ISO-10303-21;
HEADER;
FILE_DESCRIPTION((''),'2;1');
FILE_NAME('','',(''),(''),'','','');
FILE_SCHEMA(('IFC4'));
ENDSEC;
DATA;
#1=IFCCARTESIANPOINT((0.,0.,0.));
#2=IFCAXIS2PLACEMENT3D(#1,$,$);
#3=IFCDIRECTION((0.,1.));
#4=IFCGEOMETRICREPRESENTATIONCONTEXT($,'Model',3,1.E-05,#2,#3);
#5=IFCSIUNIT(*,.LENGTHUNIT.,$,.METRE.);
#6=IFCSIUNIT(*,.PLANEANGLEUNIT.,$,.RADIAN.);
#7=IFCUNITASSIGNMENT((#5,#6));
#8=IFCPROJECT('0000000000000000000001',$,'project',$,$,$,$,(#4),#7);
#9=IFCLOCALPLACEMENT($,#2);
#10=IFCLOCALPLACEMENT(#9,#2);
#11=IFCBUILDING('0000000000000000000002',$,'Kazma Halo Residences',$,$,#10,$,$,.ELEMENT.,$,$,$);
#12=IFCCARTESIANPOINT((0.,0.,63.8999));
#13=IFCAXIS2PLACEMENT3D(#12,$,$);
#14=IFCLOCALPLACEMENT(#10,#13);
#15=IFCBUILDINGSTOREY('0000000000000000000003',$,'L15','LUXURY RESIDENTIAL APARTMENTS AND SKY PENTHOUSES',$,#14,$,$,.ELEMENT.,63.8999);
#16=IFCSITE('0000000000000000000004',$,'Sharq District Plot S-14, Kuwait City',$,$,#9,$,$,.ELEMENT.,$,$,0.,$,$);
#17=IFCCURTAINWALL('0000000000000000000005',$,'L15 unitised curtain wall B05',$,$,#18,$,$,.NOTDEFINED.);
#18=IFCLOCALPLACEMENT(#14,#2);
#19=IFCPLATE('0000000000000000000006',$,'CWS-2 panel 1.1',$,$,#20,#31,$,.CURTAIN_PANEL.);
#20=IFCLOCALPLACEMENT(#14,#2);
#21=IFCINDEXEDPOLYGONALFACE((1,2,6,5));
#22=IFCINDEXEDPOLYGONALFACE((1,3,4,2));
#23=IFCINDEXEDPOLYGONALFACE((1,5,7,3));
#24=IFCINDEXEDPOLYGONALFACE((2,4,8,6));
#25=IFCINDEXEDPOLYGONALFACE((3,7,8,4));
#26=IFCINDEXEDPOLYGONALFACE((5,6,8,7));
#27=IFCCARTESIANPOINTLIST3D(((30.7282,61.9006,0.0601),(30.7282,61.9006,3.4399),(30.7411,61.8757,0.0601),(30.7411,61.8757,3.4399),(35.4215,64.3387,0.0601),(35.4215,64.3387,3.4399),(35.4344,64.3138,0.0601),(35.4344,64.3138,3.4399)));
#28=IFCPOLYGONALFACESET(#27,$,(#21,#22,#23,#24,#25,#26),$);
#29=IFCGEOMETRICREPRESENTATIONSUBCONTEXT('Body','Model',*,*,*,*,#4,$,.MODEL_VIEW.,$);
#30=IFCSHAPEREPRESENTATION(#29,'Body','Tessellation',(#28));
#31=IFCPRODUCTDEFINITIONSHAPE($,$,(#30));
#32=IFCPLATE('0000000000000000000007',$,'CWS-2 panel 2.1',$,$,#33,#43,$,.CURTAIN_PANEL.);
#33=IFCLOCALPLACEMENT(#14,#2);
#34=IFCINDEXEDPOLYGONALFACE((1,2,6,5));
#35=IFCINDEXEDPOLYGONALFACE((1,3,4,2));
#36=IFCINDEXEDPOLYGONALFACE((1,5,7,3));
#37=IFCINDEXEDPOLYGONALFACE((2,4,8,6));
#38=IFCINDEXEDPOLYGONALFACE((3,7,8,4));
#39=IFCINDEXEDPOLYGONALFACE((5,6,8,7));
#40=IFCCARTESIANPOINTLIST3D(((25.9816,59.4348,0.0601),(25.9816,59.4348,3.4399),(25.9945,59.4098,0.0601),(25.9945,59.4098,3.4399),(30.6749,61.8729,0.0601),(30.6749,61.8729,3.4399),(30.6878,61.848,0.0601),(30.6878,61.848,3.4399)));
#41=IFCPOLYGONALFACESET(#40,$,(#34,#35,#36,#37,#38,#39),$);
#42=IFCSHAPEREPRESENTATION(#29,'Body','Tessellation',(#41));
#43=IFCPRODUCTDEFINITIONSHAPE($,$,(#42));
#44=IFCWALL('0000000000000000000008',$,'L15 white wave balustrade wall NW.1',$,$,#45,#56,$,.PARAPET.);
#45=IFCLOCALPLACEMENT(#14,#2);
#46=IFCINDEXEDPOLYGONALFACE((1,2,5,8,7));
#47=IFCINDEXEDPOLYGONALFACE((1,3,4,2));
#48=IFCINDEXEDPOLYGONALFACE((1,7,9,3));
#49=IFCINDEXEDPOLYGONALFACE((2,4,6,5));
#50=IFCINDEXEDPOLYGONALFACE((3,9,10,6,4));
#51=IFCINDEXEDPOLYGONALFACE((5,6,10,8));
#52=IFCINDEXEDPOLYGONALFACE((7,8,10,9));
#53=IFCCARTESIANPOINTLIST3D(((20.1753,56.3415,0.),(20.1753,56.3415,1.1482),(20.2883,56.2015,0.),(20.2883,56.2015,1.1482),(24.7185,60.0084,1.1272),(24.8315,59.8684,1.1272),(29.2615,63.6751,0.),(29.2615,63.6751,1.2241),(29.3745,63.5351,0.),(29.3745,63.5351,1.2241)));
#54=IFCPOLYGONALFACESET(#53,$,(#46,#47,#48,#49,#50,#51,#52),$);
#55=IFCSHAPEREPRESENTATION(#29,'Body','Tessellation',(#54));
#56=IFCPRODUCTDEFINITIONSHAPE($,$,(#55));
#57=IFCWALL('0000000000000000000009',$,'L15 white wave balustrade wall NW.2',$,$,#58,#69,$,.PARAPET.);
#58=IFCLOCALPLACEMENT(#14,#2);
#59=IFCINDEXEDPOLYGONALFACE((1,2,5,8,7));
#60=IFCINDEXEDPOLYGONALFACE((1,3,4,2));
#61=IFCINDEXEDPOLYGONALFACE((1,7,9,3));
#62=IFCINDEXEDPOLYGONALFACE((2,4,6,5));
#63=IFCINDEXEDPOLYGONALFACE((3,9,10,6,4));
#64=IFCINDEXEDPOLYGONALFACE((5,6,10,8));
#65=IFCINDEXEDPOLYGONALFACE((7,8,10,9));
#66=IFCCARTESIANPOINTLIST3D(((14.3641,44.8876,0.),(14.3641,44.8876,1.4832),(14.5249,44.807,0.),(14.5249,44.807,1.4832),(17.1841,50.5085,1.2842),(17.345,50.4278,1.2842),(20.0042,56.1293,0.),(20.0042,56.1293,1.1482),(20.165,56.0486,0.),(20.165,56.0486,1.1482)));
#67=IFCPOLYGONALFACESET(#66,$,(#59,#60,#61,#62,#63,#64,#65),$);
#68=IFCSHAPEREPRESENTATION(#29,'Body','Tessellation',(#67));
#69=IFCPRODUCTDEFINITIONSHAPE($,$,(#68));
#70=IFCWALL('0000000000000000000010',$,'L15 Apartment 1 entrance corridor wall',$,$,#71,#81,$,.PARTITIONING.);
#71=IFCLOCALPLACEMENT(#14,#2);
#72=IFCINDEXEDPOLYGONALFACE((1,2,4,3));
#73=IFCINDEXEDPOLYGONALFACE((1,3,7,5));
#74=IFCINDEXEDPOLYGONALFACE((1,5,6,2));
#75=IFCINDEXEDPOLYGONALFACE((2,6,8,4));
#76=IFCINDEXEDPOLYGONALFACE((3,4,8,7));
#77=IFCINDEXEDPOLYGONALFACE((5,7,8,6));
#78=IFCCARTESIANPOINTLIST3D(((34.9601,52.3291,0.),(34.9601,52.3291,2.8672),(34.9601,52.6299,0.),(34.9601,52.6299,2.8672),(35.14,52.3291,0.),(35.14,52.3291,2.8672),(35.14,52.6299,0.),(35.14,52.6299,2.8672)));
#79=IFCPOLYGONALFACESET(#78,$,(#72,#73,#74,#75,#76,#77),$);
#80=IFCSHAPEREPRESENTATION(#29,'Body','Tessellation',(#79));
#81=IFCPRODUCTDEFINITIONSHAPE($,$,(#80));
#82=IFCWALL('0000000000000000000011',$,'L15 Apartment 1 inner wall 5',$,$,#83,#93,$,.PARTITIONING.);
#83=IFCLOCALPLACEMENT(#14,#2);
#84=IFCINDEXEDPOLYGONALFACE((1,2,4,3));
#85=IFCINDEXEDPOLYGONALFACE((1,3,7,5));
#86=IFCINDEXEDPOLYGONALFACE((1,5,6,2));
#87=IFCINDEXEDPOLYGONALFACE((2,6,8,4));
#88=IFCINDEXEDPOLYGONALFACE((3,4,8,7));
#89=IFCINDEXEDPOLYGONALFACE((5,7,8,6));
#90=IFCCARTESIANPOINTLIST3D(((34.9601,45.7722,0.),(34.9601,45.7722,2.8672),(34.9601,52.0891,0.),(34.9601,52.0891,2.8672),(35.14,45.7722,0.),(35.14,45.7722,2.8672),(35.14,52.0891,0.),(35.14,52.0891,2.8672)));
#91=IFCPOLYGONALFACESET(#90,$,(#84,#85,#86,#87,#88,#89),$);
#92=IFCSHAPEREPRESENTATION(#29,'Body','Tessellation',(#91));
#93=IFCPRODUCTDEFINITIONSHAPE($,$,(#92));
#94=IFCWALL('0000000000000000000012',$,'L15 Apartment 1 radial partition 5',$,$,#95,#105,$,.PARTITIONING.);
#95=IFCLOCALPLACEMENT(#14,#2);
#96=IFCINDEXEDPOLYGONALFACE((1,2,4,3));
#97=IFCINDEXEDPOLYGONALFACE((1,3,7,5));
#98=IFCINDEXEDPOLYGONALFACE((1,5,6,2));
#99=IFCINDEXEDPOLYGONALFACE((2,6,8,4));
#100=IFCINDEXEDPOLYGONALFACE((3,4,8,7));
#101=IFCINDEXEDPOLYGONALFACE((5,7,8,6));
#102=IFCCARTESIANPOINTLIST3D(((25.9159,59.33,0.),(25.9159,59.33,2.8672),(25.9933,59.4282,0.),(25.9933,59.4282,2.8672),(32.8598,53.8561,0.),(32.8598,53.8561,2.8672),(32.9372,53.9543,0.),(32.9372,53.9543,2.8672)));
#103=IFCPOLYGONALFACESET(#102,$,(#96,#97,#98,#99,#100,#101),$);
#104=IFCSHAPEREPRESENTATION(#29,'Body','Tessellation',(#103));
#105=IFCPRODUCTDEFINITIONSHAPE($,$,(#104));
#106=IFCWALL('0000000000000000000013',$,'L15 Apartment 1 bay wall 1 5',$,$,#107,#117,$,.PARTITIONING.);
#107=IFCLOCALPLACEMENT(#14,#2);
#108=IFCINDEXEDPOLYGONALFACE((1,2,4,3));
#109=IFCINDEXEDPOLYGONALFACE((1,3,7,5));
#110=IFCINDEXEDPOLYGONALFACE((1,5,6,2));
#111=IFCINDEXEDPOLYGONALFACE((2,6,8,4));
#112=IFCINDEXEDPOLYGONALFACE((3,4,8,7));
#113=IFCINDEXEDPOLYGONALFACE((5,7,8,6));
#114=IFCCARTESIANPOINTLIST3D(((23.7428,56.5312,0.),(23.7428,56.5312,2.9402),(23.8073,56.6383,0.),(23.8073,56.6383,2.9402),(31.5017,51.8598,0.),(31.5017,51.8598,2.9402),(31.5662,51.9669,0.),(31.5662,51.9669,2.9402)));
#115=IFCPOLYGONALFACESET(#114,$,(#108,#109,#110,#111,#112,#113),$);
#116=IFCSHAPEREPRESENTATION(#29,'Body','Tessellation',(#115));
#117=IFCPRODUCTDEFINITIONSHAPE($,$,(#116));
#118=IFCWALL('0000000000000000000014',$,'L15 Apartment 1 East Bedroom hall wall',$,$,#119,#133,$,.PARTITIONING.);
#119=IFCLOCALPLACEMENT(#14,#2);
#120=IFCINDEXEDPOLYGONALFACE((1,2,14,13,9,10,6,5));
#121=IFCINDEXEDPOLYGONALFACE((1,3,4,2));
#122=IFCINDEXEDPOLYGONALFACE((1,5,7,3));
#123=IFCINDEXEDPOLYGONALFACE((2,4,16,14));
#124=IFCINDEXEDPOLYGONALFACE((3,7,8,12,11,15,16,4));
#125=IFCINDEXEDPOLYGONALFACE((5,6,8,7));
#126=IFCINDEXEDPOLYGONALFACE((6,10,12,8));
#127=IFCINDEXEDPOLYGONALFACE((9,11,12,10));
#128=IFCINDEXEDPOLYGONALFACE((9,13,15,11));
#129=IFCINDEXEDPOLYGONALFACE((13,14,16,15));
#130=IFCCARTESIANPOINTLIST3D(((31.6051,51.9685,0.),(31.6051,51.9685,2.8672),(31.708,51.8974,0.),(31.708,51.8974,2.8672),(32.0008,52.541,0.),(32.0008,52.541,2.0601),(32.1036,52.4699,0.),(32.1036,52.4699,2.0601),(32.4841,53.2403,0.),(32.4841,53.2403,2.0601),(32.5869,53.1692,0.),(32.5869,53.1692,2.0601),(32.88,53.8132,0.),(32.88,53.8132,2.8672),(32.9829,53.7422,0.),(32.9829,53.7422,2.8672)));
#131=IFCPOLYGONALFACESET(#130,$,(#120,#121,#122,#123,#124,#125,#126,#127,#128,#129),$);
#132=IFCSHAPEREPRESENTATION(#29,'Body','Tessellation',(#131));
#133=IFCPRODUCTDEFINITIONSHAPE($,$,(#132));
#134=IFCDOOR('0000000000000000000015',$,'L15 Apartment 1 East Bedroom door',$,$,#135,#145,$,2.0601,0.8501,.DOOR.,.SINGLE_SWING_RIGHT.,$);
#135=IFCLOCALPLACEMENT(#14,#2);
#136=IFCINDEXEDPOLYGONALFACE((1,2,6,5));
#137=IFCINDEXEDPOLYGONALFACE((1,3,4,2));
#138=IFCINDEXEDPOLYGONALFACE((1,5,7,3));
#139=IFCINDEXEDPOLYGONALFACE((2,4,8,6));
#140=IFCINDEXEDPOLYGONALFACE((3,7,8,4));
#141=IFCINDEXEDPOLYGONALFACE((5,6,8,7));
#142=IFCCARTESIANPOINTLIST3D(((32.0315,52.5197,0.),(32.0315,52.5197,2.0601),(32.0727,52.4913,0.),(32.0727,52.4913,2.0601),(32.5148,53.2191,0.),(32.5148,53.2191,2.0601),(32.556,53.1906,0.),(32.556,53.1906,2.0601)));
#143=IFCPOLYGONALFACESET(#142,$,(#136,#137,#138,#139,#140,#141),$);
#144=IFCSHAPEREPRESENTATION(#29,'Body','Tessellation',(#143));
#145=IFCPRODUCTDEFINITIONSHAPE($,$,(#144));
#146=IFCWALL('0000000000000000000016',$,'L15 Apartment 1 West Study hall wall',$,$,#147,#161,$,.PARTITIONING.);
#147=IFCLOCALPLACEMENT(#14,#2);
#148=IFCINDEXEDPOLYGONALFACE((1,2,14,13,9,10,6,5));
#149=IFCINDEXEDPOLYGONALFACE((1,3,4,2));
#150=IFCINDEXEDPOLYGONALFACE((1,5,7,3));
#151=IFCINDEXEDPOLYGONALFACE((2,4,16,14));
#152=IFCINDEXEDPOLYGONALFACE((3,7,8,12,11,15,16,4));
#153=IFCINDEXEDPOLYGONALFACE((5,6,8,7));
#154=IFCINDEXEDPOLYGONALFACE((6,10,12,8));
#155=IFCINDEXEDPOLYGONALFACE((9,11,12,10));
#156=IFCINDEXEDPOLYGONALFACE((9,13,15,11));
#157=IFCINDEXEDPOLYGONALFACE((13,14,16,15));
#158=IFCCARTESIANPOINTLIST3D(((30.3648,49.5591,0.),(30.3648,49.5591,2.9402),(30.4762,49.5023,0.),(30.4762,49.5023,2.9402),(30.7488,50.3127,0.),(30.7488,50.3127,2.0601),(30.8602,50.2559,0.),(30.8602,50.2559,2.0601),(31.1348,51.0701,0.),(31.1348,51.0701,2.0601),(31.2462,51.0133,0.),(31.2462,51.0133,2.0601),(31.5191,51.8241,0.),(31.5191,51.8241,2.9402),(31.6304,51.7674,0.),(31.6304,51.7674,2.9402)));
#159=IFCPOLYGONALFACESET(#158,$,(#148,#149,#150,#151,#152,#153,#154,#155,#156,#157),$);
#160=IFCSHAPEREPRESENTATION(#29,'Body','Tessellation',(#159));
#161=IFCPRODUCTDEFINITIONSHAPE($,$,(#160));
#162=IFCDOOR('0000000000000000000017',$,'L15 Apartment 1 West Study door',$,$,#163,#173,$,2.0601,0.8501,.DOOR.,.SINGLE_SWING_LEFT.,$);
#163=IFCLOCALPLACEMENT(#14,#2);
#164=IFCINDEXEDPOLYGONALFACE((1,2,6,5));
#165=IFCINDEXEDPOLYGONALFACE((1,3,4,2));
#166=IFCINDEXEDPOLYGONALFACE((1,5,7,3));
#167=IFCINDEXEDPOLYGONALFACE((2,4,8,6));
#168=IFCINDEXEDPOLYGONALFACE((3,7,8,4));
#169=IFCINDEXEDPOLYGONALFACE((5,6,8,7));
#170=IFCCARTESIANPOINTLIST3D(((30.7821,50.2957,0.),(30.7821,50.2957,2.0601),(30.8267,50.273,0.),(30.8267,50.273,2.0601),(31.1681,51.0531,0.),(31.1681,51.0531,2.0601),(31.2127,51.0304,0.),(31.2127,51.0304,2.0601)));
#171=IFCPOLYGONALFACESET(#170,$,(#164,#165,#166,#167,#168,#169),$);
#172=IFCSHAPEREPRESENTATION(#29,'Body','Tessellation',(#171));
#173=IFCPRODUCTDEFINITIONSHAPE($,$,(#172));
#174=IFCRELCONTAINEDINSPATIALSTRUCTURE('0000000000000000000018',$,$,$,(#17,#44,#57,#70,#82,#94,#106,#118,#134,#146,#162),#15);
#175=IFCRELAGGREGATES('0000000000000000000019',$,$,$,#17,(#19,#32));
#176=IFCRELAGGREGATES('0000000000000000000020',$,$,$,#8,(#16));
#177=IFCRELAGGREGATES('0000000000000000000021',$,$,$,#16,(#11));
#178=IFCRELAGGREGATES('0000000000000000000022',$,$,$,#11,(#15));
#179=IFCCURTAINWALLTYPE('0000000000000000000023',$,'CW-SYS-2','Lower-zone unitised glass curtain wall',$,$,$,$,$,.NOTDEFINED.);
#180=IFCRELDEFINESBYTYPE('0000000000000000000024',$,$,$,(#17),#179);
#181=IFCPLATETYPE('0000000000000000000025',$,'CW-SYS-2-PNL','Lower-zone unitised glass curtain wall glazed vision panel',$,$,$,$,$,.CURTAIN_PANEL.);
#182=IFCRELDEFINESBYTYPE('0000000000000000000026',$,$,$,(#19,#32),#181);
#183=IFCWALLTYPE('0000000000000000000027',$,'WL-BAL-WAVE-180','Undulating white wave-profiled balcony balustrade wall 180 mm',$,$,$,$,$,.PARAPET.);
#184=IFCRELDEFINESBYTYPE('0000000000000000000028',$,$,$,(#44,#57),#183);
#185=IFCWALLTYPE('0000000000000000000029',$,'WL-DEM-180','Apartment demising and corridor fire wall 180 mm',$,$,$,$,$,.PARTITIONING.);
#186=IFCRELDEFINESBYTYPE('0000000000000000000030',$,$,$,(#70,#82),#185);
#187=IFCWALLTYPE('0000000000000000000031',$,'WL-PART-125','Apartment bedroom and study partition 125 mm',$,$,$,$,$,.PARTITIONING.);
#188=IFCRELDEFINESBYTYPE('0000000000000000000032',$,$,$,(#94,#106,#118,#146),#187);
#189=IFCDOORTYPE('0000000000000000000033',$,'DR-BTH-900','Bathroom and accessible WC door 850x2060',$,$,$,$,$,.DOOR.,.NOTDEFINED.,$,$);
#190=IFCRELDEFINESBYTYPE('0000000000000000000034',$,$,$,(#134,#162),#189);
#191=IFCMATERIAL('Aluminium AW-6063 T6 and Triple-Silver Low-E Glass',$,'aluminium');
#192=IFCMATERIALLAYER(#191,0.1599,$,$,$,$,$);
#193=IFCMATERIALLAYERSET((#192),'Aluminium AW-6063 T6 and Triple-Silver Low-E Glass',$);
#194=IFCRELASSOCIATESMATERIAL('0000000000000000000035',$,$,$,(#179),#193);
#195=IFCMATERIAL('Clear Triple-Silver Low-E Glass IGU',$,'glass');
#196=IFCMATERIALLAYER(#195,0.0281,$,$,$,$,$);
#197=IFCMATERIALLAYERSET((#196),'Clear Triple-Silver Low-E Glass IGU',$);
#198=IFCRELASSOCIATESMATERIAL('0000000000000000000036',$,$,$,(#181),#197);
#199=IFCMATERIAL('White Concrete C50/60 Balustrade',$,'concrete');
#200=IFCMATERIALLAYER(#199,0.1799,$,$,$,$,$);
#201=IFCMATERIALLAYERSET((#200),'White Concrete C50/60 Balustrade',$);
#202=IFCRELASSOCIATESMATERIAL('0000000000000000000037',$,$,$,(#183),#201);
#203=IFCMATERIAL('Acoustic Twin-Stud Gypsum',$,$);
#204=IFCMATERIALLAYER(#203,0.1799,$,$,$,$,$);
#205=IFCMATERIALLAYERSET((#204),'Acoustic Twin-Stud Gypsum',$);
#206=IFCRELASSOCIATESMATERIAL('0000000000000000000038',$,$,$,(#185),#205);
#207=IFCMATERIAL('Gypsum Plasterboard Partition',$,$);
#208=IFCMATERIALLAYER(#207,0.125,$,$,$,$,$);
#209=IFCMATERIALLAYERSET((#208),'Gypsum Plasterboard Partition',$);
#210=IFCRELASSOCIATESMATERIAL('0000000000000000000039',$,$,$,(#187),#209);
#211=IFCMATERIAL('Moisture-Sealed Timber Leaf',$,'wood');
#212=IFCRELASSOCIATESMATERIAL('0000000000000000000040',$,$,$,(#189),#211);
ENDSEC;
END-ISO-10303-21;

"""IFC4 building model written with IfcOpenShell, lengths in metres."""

from ifc_helpers import new_model, si_unit, direction, frame, frame_2d, origin, origin_2d, place, context, subcontext, project, spatial, polyline, rectangle, outline, extrude, material, layer, layer_set, type_object, element, fill, aggregate, save


model = new_model("IFC4")

# Units and contexts
model_context = context("Model", 3, precision=1e-05, world=origin(), true_north=direction((0.0, 1.0)))
body_context = subcontext(model_context, "Body", "Model", "MODEL_VIEW")
ifc_project = project(units=[si_unit("LENGTHUNIT", "METRE"), si_unit("PLANEANGLEUNIT", "RADIAN")], contexts=[model_context])

# Site, building, storey
site_placement = place(None, origin())
site = spatial("IfcSite", under=ifc_project, at=site_placement, Name="Sharq District Plot S-14, Kuwait City", CompositionType="ELEMENT", RefElevation=0.0)
building_placement = place(site_placement, origin())
building = spatial("IfcBuilding", under=site, at=building_placement, Name="Kazma Halo Residences", CompositionType="ELEMENT")
storey_placement = place(building_placement, frame((0.0, 0.0, 63.8999)))
storey = spatial("IfcBuildingStorey", under=building, at=storey_placement, Name="L15", Description="LUXURY RESIDENTIAL APARTMENTS AND SKY PENTHOUSES", CompositionType="ELEMENT", Elevation=63.8999)

# Curtain wall
ifc_material_1 = material(Name="Aluminium AW-6063 T6 and Triple-Silver Low-E Glass", Category="aluminium")
ifc_layer_1 = layer(ifc_material_1, 0.1599)
ifc_layer_set_1 = layer_set([ifc_layer_1], Name="Aluminium AW-6063 T6 and Triple-Silver Low-E Glass")
curtain_wall_type = type_object("IfcCurtainWallType", Name="CW-SYS-2", Description="Lower-zone unitised glass curtain wall", PredefinedType="NOTDEFINED", material=ifc_layer_set_1)
curtain_wall_1_placement = place(storey_placement, origin())
curtain_wall_1 = element("IfcCurtainWall", 1, at=curtain_wall_1_placement, inside=storey, type_object=curtain_wall_type, Name="L15 unitised curtain wall B05", PredefinedType="NOTDEFINED")

# Plates
ifc_material_2 = material(Name="Clear Triple-Silver Low-E Glass IGU", Category="glass")
ifc_layer_2 = layer(ifc_material_2, 0.0281)
ifc_layer_set_2 = layer_set([ifc_layer_2], Name="Clear Triple-Silver Low-E Glass IGU")
plate_type = type_object("IfcPlateType", Name="CW-SYS-2-PNL", Description="Lower-zone unitised glass curtain wall glazed vision panel", PredefinedType="CURTAIN_PANEL", material=ifc_layer_set_2)
plate_1_placement = place(storey_placement, frame((33.0813, 63.1072, 0.0601), z_axis=(0.0, 0.0, 1.0), x_axis=(-0.887402, -0.460996, 0.0)))
plate_1 = element("IfcPlate", 2, at=plate_1_placement, type_object=plate_type, Name="CWS-2 panel 1.1", PredefinedType="CURTAIN_PANEL", context=body_context, shape_type="SweptSolid", body=[
    extrude(rectangle(XDim=5.2888, YDim=0.0281, at=origin_2d()), origin(), (0.0, 0.0, 1.0), 3.3799),
])
plate_2_placement = place(storey_placement, frame((28.3347, 60.6414, 0.0601), z_axis=(0.0, 0.0, 1.0), x_axis=(-0.887402, -0.460996, 0.0)))
plate_2 = element("IfcPlate", 3, at=plate_2_placement, type_object=plate_type, Name="CWS-2 panel 2.1", PredefinedType="CURTAIN_PANEL", context=body_context, shape_type="SweptSolid", body=[
    extrude(rectangle(XDim=5.2888, YDim=0.0281, at=origin_2d()), origin(), (0.0, 0.0, 1.0), 3.3799),
])
aggregate(curtain_wall_1, [plate_1, plate_2])

# Walls
ifc_material_3 = material(Name="White Concrete C50/60 Balustrade", Category="concrete")
ifc_layer_3 = layer(ifc_material_3, 0.1799)
ifc_layer_set_3 = layer_set([ifc_layer_3], Name="White Concrete C50/60 Balustrade")
wall_type_1 = type_object("IfcWallType", Name="WL-BAL-WAVE-180", Description="Undulating white wave-profiled balcony balustrade wall 180 mm", PredefinedType="PARAPET", material=ifc_layer_set_3)
wall_1_placement = place(storey_placement, frame((29.3181, 63.605, 0.0), z_axis=(0.0, 0.0, 1.0), x_axis=(-0.778165, -0.62806, 0.0)))
element("IfcWall", 4, at=wall_1_placement, inside=storey, type_object=wall_type_1, Name="L15 white wave balustrade wall NW.1", PredefinedType="PARAPET", context=body_context, shape_type="SweptSolid", body=[
    extrude(outline(polyline([(0.0, 0.0), (11.6765, 0.0), (11.6765, 1.1482), (5.8381, 1.1272), (0.0, 1.2241), (0.0, 0.0)])), frame((0.0, 0.0898, 0.0), z_axis=(0.0, -1.0, 0.0), x_axis=(1.0, 0.0, 0.0)), (0.0, 0.0, 1.0), 0.1799),
])
wall_2_placement = place(storey_placement, frame((20.0847, 56.0889, 0.0), z_axis=(0.0, 0.0, 1.0), x_axis=(-0.44844, -0.893813, 0.0)))
element("IfcWall", 5, at=wall_2_placement, inside=storey, type_object=wall_type_1, Name="L15 white wave balustrade wall NW.2", PredefinedType="PARAPET", context=body_context, shape_type="SweptSolid", body=[
    extrude(outline(polyline([(0.0, 0.0), (12.5771, 0.0), (12.5771, 1.4832), (6.2886, 1.2842), (0.0, 1.1482), (0.0, 0.0)])), frame((0.0, 0.0898, 0.0), z_axis=(0.0, -1.0, 0.0), x_axis=(1.0, 0.0, 0.0)), (0.0, 0.0, 1.0), 0.1799),
])
ifc_material_4 = material(Name="Acoustic Twin-Stud Gypsum")
ifc_layer_4 = layer(ifc_material_4, 0.1799)
ifc_layer_set_4 = layer_set([ifc_layer_4], Name="Acoustic Twin-Stud Gypsum")
wall_type_2 = type_object("IfcWallType", Name="WL-DEM-180", Description="Apartment demising and corridor fire wall 180 mm", PredefinedType="PARTITIONING", material=ifc_layer_set_4)
wall_3_placement = place(storey_placement, frame((35.05, 52.6299, 0.0), z_axis=(0.0, 0.0, 1.0), x_axis=(0.0, -1.0, 0.0)))
element("IfcWall", 6, at=wall_3_placement, inside=storey, type_object=wall_type_2, Name="L15 Apartment 1 entrance corridor wall", PredefinedType="PARTITIONING", context=body_context, shape_type="SweptSolid", body=[
    extrude(rectangle(XDim=0.3008, YDim=0.1799, at=frame_2d((0.1504, 0.0))), origin(), (0.0, 0.0, 1.0), 2.8672),
])
wall_4_placement = place(storey_placement, frame((35.05, 52.0891, 0.0), z_axis=(0.0, 0.0, 1.0), x_axis=(0.0, -1.0, 0.0)))
element("IfcWall", 7, at=wall_4_placement, inside=storey, type_object=wall_type_2, Name="L15 Apartment 1 inner wall 5", PredefinedType="PARTITIONING", context=body_context, shape_type="SweptSolid", body=[
    extrude(rectangle(XDim=6.3169, YDim=0.1799, at=frame_2d((3.1584, 0.0))), origin(), (0.0, 0.0, 1.0), 2.8672),
])

# Walls
ifc_material_5 = material(Name="Gypsum Plasterboard Partition")
ifc_layer_5 = layer(ifc_material_5, 0.125)
ifc_layer_set_5 = layer_set([ifc_layer_5], Name="Gypsum Plasterboard Partition")
wall_type_3 = type_object("IfcWallType", Name="WL-PART-125", Description="Apartment bedroom and study partition 125 mm", PredefinedType="PARTITIONING", material=ifc_layer_set_5)
wall_5_placement = place(storey_placement, frame((32.8984, 53.9053, 0.0), z_axis=(0.0, 0.0, 1.0), x_axis=(-0.785329, 0.619079, 0.0)))
element("IfcWall", 8, at=wall_5_placement, inside=storey, type_object=wall_type_3, Name="L15 Apartment 1 radial partition 5", PredefinedType="PARTITIONING", context=body_context, shape_type="SweptSolid", body=[
    extrude(rectangle(XDim=8.842, YDim=0.125, at=frame_2d((4.4209, 0.0))), origin(), (0.0, 0.0, 1.0), 2.8672),
])
wall_6_placement = place(storey_placement, frame((31.5339, 51.9133, 0.0), z_axis=(0.0, 0.0, 1.0), x_axis=(-0.856707, 0.515803, 0.0)))
element("IfcWall", 9, at=wall_6_placement, inside=storey, type_object=wall_type_3, Name="L15 Apartment 1 bay wall 1 5", PredefinedType="PARTITIONING", context=body_context, shape_type="SweptSolid", body=[
    extrude(rectangle(XDim=9.0566, YDim=0.125, at=frame_2d((4.5283, 0.0))), origin(), (0.0, 0.0, 1.0), 2.9402),
])

# Walls, openings, doors
wall_7_placement = place(storey_placement, frame((32.9314, 53.7776, 0.0), z_axis=(0.0, 0.0, 1.0), x_axis=(-0.568542, -0.822654, 0.0)))
wall_7 = element("IfcWall", 10, at=wall_7_placement, inside=storey, type_object=wall_type_3, Name="L15 Apartment 1 East Bedroom hall wall", PredefinedType="PARTITIONING", context=body_context, shape_type="SweptSolid", body=[
    extrude(rectangle(XDim=2.2424, YDim=0.125, at=frame_2d((1.1211, 0.0))), origin(), (0.0, 0.0, 1.0), 2.8672),
])
opening_1_placement = place(wall_7_placement, frame((0.6963, 0.0, 0.0)))
opening_1 = element("IfcOpeningElement", 11, at=opening_1_placement, cuts=wall_7, PredefinedType="OPENING", context=body_context, shape_type="SweptSolid", body=[
    extrude(rectangle(XDim=0.8501, YDim=2.0601, at=frame_2d((0.425, 1.03))), frame((0.0, 0.0725, 0.0), z_axis=(0.0, -1.0, 0.0), x_axis=(1.0, 0.0, 0.0)), (0.0, 0.0, 1.0), 0.145),
])
ifc_material_6 = material(Name="Moisture-Sealed Timber Leaf", Category="wood")
door_type_1 = type_object("IfcDoorType", Name="DR-BTH-900", Description="Bathroom and accessible WC door 850x2060", OperationType="NOTDEFINED", PredefinedType="DOOR", material=ifc_material_6)
door_1_placement = place(opening_1_placement, origin())
door_1 = element("IfcDoor", 12, at=door_1_placement, inside=storey, type_object=door_type_1, Name="L15 Apartment 1 East Bedroom door", OperationType="SINGLE_SWING_RIGHT", OverallHeight=2.0601, OverallWidth=0.8501, PredefinedType="DOOR", context=body_context, shape_type="SweptSolid", body=[
    extrude(rectangle(XDim=0.8501, YDim=2.0601, at=frame_2d((0.425, 1.03))), frame((0.0, 0.0249, 0.0), z_axis=(0.0, -1.0, 0.0), x_axis=(1.0, 0.0, 0.0)), (0.0, 0.0, 1.0), 0.05),
])
fill(opening_1, door_1)
wall_8_placement = place(storey_placement, frame((31.5747, 51.7957, 0.0), z_axis=(0.0, 0.0, 1.0), x_axis=(-0.454038, -0.890982, 0.0)))
wall_8 = element("IfcWall", 13, at=wall_8_placement, inside=storey, type_object=wall_type_3, Name="L15 Apartment 1 West Study hall wall", PredefinedType="PARTITIONING", context=body_context, shape_type="SweptSolid", body=[
    extrude(rectangle(XDim=2.5422, YDim=0.125, at=frame_2d((1.271, 0.0))), origin(), (0.0, 0.0, 1.0), 2.9402),
])
opening_2_placement = place(wall_8_placement, frame((0.8462, 0.0, 0.0)))
opening_2 = element("IfcOpeningElement", 14, at=opening_2_placement, cuts=wall_8, PredefinedType="OPENING", context=body_context, shape_type="SweptSolid", body=[
    extrude(rectangle(XDim=0.8501, YDim=2.0601, at=frame_2d((0.425, 1.03))), frame((0.0, 0.0725, 0.0), z_axis=(0.0, -1.0, 0.0), x_axis=(1.0, 0.0, 0.0)), (0.0, 0.0, 1.0), 0.145),
])
door_2_placement = place(opening_2_placement, origin())
door_2 = element("IfcDoor", 15, at=door_2_placement, inside=storey, type_object=door_type_1, Name="L15 Apartment 1 West Study door", OperationType="SINGLE_SWING_LEFT", OverallHeight=2.0601, OverallWidth=0.8501, PredefinedType="DOOR", context=body_context, shape_type="SweptSolid", body=[
    extrude(rectangle(XDim=0.8501, YDim=2.0601, at=frame_2d((0.425, 1.03))), frame((0.0, 0.0249, 0.0), z_axis=(0.0, -1.0, 0.0), x_axis=(1.0, 0.0, 0.0)), (0.0, 0.0, 1.0), 0.05),
])
fill(opening_2, door_2)

save(model, "model.ifc")
